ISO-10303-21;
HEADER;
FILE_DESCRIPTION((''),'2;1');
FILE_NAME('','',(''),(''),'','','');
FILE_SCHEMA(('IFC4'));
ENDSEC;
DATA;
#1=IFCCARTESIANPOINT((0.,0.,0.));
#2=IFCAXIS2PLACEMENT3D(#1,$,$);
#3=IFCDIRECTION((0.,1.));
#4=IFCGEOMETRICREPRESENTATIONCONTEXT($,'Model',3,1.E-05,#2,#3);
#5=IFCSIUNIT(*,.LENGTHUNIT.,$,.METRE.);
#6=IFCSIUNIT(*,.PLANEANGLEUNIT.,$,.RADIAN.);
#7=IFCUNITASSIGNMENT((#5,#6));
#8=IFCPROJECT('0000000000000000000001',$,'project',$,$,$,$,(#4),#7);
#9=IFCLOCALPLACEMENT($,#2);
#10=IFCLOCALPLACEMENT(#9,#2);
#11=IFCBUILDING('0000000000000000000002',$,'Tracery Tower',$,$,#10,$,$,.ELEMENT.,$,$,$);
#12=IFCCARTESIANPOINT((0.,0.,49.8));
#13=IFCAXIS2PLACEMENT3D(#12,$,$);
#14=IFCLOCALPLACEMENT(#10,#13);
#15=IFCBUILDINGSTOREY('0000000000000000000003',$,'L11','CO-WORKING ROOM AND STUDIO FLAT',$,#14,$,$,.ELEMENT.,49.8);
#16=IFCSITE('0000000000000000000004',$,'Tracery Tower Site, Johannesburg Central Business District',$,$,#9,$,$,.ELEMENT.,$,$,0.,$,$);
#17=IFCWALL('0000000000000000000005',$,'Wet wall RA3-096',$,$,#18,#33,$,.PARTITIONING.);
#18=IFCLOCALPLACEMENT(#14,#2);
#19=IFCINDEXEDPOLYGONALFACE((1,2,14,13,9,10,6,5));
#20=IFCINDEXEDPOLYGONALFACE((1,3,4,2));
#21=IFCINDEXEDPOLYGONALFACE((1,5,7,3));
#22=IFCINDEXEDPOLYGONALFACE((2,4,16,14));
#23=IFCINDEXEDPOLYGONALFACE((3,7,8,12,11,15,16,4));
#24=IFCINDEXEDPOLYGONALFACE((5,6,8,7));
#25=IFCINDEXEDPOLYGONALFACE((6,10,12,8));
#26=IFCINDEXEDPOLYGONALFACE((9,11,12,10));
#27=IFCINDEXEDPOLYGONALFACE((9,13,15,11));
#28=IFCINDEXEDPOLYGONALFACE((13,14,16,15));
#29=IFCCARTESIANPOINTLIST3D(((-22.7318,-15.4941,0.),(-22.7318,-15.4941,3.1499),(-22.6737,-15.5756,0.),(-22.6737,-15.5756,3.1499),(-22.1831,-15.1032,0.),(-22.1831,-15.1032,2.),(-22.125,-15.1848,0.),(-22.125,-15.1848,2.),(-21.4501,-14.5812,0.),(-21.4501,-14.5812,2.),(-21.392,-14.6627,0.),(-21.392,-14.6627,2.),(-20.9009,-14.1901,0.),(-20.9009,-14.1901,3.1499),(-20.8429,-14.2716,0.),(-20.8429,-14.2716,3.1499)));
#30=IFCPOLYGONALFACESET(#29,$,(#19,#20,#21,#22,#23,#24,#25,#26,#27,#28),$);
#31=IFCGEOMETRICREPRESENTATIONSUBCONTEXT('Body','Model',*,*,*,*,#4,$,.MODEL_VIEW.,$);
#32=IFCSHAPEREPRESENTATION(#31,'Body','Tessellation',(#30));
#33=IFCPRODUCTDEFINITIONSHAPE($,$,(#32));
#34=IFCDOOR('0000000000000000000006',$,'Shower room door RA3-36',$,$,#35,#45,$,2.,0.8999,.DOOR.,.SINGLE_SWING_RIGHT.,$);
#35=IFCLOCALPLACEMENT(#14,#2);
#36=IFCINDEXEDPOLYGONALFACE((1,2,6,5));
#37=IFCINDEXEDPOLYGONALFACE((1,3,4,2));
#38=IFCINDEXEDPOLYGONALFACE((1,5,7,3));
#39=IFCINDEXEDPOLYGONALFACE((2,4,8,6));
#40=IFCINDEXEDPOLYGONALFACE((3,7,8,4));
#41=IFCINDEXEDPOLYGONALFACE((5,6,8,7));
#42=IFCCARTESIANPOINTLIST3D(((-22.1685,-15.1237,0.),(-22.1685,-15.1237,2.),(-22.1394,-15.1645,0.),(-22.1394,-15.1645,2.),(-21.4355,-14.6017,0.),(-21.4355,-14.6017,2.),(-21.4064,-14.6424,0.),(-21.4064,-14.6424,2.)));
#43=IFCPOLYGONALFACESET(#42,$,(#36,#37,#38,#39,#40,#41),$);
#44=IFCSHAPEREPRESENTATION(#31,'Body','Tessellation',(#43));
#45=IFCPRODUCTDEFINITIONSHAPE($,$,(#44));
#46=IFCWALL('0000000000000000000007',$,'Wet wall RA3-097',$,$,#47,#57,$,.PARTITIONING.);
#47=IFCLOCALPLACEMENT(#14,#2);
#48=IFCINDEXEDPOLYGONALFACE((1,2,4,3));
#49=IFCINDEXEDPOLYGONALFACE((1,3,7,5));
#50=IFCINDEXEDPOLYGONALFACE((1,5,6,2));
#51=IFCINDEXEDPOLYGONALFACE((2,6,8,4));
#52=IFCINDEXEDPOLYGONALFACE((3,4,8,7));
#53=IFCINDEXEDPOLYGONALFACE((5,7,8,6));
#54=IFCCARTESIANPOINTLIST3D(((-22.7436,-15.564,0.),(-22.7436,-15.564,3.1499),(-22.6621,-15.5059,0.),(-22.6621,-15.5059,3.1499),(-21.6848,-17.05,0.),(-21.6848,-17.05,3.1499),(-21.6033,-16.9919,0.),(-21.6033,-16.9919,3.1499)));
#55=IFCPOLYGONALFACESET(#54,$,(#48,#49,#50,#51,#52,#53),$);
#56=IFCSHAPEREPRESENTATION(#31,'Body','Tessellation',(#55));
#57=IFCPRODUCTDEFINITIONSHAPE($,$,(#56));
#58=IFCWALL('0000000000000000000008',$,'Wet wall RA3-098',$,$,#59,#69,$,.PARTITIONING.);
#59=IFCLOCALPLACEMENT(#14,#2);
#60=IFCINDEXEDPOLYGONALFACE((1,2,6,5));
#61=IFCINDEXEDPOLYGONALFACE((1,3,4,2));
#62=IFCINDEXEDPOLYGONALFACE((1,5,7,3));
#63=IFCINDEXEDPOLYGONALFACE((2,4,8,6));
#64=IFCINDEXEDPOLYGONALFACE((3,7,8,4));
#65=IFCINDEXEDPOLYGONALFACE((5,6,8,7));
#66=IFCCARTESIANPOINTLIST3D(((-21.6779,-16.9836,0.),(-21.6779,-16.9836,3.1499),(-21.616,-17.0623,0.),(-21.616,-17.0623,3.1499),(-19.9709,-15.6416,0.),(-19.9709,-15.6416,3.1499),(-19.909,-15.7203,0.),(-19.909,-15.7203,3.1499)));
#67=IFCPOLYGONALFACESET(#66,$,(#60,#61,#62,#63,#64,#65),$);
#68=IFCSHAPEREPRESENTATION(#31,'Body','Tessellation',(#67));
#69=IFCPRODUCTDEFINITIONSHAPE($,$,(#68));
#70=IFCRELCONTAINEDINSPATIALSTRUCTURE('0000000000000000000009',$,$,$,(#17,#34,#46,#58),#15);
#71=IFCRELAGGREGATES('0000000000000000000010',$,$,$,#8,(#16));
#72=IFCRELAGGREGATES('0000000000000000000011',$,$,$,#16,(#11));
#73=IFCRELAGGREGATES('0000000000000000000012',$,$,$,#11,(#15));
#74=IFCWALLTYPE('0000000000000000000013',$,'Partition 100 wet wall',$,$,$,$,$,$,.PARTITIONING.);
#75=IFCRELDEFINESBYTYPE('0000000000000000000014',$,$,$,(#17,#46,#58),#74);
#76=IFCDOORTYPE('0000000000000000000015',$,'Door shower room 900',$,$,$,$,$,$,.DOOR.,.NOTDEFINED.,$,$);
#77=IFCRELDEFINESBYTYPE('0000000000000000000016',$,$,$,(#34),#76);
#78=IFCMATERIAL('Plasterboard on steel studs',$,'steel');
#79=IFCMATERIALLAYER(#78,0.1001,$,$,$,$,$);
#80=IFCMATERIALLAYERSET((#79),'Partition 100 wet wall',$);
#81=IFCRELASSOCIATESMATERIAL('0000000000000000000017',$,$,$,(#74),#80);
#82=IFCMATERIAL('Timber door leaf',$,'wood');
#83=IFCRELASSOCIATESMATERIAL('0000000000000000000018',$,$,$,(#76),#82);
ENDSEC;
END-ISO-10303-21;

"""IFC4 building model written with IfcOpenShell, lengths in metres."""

from ifc_helpers import new_model, si_unit, direction, frame, frame_2d, origin, place, context, subcontext, project, spatial, rectangle, extrude, material, layer, layer_set, type_object, element, fill, save


model = new_model("IFC4")

# Units and contexts
model_context = context("Model", 3, precision=1e-05, world=origin(), true_north=direction((0.0, 1.0)))
body_context = subcontext(model_context, "Body", "Model", "MODEL_VIEW")
ifc_project = project(units=[si_unit("LENGTHUNIT", "METRE"), si_unit("PLANEANGLEUNIT", "RADIAN")], contexts=[model_context])

# Site, building, storey
site_placement = place(None, origin())
site = spatial("IfcSite", under=ifc_project, at=site_placement, Name="Tracery Tower Site, Johannesburg Central Business District", CompositionType="ELEMENT", RefElevation=0.0)
building_placement = place(site_placement, origin())
building = spatial("IfcBuilding", under=site, at=building_placement, Name="Tracery Tower", CompositionType="ELEMENT")
storey_placement = place(building_placement, frame((0.0, 0.0, 49.8)))
storey = spatial("IfcBuildingStorey", under=building, at=storey_placement, Name="L11", Description="CO-WORKING ROOM AND STUDIO FLAT", CompositionType="ELEMENT", Elevation=49.8)

# Wall, opening, door
ifc_material_1 = material(Name="Plasterboard on steel studs", Category="steel")
ifc_layer_1 = layer(ifc_material_1, 0.1001)
ifc_layer_set_1 = layer_set([ifc_layer_1], Name="Partition 100 wet wall")
wall_type_1 = type_object("IfcWallType", Name="Partition 100 wet wall", PredefinedType="PARTITIONING", material=ifc_layer_set_1)
wall_1_placement = place(storey_placement, frame((-22.7029, -15.5349, 0.0), z_axis=(0.0, 0.0, 1.0), x_axis=(0.814525, 0.580128, 0.0)))
wall_1 = element("IfcWall", 1, at=wall_1_placement, inside=storey, type_object=wall_type_1, Name="Wet wall RA3-096", PredefinedType="PARTITIONING", context=body_context, shape_type="SweptSolid", body=[
    extrude(rectangle(XDim=2.2478, YDim=0.1001, at=frame_2d((1.124, 0.0))), origin(), (0.0, 0.0, 1.0), 3.1499),
])
opening_1_placement = place(wall_1_placement, frame((0.6738, 0.0, 0.0)))
opening_1 = element("IfcOpeningElement", 2, at=opening_1_placement, cuts=wall_1, PredefinedType="OPENING", context=body_context, shape_type="SweptSolid", body=[
    extrude(rectangle(XDim=0.8999, YDim=2.0, at=frame_2d((0.45, 1.0))), frame((0.0, 0.05, 0.0), z_axis=(0.0, -1.0, 0.0), x_axis=(1.0, 0.0, 0.0)), (0.0, 0.0, 1.0), 0.1001),
])
ifc_material_2 = material(Name="Timber door leaf", Category="wood")
door_type_1 = type_object("IfcDoorType", Name="Door shower room 900", OperationType="NOTDEFINED", PredefinedType="DOOR", material=ifc_material_2)
door_1_placement = place(opening_1_placement, origin())
door_1 = element("IfcDoor", 3, at=door_1_placement, inside=storey, type_object=door_type_1, Name="Shower room door RA3-36", OperationType="SINGLE_SWING_RIGHT", OverallHeight=2.0, OverallWidth=0.8999, PredefinedType="DOOR", context=body_context, shape_type="SweptSolid", body=[
    extrude(rectangle(XDim=0.8999, YDim=2.0, at=frame_2d((0.45, 1.0))), frame((0.0, 0.0249, 0.0), z_axis=(0.0, -1.0, 0.0), x_axis=(1.0, 0.0, 0.0)), (0.0, 0.0, 1.0), 0.05),
])
fill(opening_1, door_1)

# Walls
wall_2_placement = place(storey_placement, frame((-22.7029, -15.5349, 0.0), z_axis=(0.0, 0.0, 1.0), x_axis=(0.580276, -0.81442, 0.0)))
element("IfcWall", 4, at=wall_2_placement, inside=storey, type_object=wall_type_1, Name="Wet wall RA3-097", PredefinedType="PARTITIONING", context=body_context, shape_type="SweptSolid", body=[
    extrude(rectangle(XDim=1.8247, YDim=0.1001, at=frame_2d((0.9124, 0.0))), origin(), (0.0, 0.0, 1.0), 3.1499),
])
wall_3_placement = place(storey_placement, frame((-21.647, -17.0229, 0.0), z_axis=(0.0, 0.0, 1.0), x_axis=(0.786139, 0.61805, 0.0)))
element("IfcWall", 5, at=wall_3_placement, inside=storey, type_object=wall_type_1, Name="Wet wall RA3-098", PredefinedType="PARTITIONING", context=body_context, shape_type="SweptSolid", body=[
    extrude(rectangle(XDim=2.1714, YDim=0.1001, at=frame_2d((1.0857, 0.0))), origin(), (0.0, 0.0, 1.0), 3.1499),
])

save(model, "model.ifc")
